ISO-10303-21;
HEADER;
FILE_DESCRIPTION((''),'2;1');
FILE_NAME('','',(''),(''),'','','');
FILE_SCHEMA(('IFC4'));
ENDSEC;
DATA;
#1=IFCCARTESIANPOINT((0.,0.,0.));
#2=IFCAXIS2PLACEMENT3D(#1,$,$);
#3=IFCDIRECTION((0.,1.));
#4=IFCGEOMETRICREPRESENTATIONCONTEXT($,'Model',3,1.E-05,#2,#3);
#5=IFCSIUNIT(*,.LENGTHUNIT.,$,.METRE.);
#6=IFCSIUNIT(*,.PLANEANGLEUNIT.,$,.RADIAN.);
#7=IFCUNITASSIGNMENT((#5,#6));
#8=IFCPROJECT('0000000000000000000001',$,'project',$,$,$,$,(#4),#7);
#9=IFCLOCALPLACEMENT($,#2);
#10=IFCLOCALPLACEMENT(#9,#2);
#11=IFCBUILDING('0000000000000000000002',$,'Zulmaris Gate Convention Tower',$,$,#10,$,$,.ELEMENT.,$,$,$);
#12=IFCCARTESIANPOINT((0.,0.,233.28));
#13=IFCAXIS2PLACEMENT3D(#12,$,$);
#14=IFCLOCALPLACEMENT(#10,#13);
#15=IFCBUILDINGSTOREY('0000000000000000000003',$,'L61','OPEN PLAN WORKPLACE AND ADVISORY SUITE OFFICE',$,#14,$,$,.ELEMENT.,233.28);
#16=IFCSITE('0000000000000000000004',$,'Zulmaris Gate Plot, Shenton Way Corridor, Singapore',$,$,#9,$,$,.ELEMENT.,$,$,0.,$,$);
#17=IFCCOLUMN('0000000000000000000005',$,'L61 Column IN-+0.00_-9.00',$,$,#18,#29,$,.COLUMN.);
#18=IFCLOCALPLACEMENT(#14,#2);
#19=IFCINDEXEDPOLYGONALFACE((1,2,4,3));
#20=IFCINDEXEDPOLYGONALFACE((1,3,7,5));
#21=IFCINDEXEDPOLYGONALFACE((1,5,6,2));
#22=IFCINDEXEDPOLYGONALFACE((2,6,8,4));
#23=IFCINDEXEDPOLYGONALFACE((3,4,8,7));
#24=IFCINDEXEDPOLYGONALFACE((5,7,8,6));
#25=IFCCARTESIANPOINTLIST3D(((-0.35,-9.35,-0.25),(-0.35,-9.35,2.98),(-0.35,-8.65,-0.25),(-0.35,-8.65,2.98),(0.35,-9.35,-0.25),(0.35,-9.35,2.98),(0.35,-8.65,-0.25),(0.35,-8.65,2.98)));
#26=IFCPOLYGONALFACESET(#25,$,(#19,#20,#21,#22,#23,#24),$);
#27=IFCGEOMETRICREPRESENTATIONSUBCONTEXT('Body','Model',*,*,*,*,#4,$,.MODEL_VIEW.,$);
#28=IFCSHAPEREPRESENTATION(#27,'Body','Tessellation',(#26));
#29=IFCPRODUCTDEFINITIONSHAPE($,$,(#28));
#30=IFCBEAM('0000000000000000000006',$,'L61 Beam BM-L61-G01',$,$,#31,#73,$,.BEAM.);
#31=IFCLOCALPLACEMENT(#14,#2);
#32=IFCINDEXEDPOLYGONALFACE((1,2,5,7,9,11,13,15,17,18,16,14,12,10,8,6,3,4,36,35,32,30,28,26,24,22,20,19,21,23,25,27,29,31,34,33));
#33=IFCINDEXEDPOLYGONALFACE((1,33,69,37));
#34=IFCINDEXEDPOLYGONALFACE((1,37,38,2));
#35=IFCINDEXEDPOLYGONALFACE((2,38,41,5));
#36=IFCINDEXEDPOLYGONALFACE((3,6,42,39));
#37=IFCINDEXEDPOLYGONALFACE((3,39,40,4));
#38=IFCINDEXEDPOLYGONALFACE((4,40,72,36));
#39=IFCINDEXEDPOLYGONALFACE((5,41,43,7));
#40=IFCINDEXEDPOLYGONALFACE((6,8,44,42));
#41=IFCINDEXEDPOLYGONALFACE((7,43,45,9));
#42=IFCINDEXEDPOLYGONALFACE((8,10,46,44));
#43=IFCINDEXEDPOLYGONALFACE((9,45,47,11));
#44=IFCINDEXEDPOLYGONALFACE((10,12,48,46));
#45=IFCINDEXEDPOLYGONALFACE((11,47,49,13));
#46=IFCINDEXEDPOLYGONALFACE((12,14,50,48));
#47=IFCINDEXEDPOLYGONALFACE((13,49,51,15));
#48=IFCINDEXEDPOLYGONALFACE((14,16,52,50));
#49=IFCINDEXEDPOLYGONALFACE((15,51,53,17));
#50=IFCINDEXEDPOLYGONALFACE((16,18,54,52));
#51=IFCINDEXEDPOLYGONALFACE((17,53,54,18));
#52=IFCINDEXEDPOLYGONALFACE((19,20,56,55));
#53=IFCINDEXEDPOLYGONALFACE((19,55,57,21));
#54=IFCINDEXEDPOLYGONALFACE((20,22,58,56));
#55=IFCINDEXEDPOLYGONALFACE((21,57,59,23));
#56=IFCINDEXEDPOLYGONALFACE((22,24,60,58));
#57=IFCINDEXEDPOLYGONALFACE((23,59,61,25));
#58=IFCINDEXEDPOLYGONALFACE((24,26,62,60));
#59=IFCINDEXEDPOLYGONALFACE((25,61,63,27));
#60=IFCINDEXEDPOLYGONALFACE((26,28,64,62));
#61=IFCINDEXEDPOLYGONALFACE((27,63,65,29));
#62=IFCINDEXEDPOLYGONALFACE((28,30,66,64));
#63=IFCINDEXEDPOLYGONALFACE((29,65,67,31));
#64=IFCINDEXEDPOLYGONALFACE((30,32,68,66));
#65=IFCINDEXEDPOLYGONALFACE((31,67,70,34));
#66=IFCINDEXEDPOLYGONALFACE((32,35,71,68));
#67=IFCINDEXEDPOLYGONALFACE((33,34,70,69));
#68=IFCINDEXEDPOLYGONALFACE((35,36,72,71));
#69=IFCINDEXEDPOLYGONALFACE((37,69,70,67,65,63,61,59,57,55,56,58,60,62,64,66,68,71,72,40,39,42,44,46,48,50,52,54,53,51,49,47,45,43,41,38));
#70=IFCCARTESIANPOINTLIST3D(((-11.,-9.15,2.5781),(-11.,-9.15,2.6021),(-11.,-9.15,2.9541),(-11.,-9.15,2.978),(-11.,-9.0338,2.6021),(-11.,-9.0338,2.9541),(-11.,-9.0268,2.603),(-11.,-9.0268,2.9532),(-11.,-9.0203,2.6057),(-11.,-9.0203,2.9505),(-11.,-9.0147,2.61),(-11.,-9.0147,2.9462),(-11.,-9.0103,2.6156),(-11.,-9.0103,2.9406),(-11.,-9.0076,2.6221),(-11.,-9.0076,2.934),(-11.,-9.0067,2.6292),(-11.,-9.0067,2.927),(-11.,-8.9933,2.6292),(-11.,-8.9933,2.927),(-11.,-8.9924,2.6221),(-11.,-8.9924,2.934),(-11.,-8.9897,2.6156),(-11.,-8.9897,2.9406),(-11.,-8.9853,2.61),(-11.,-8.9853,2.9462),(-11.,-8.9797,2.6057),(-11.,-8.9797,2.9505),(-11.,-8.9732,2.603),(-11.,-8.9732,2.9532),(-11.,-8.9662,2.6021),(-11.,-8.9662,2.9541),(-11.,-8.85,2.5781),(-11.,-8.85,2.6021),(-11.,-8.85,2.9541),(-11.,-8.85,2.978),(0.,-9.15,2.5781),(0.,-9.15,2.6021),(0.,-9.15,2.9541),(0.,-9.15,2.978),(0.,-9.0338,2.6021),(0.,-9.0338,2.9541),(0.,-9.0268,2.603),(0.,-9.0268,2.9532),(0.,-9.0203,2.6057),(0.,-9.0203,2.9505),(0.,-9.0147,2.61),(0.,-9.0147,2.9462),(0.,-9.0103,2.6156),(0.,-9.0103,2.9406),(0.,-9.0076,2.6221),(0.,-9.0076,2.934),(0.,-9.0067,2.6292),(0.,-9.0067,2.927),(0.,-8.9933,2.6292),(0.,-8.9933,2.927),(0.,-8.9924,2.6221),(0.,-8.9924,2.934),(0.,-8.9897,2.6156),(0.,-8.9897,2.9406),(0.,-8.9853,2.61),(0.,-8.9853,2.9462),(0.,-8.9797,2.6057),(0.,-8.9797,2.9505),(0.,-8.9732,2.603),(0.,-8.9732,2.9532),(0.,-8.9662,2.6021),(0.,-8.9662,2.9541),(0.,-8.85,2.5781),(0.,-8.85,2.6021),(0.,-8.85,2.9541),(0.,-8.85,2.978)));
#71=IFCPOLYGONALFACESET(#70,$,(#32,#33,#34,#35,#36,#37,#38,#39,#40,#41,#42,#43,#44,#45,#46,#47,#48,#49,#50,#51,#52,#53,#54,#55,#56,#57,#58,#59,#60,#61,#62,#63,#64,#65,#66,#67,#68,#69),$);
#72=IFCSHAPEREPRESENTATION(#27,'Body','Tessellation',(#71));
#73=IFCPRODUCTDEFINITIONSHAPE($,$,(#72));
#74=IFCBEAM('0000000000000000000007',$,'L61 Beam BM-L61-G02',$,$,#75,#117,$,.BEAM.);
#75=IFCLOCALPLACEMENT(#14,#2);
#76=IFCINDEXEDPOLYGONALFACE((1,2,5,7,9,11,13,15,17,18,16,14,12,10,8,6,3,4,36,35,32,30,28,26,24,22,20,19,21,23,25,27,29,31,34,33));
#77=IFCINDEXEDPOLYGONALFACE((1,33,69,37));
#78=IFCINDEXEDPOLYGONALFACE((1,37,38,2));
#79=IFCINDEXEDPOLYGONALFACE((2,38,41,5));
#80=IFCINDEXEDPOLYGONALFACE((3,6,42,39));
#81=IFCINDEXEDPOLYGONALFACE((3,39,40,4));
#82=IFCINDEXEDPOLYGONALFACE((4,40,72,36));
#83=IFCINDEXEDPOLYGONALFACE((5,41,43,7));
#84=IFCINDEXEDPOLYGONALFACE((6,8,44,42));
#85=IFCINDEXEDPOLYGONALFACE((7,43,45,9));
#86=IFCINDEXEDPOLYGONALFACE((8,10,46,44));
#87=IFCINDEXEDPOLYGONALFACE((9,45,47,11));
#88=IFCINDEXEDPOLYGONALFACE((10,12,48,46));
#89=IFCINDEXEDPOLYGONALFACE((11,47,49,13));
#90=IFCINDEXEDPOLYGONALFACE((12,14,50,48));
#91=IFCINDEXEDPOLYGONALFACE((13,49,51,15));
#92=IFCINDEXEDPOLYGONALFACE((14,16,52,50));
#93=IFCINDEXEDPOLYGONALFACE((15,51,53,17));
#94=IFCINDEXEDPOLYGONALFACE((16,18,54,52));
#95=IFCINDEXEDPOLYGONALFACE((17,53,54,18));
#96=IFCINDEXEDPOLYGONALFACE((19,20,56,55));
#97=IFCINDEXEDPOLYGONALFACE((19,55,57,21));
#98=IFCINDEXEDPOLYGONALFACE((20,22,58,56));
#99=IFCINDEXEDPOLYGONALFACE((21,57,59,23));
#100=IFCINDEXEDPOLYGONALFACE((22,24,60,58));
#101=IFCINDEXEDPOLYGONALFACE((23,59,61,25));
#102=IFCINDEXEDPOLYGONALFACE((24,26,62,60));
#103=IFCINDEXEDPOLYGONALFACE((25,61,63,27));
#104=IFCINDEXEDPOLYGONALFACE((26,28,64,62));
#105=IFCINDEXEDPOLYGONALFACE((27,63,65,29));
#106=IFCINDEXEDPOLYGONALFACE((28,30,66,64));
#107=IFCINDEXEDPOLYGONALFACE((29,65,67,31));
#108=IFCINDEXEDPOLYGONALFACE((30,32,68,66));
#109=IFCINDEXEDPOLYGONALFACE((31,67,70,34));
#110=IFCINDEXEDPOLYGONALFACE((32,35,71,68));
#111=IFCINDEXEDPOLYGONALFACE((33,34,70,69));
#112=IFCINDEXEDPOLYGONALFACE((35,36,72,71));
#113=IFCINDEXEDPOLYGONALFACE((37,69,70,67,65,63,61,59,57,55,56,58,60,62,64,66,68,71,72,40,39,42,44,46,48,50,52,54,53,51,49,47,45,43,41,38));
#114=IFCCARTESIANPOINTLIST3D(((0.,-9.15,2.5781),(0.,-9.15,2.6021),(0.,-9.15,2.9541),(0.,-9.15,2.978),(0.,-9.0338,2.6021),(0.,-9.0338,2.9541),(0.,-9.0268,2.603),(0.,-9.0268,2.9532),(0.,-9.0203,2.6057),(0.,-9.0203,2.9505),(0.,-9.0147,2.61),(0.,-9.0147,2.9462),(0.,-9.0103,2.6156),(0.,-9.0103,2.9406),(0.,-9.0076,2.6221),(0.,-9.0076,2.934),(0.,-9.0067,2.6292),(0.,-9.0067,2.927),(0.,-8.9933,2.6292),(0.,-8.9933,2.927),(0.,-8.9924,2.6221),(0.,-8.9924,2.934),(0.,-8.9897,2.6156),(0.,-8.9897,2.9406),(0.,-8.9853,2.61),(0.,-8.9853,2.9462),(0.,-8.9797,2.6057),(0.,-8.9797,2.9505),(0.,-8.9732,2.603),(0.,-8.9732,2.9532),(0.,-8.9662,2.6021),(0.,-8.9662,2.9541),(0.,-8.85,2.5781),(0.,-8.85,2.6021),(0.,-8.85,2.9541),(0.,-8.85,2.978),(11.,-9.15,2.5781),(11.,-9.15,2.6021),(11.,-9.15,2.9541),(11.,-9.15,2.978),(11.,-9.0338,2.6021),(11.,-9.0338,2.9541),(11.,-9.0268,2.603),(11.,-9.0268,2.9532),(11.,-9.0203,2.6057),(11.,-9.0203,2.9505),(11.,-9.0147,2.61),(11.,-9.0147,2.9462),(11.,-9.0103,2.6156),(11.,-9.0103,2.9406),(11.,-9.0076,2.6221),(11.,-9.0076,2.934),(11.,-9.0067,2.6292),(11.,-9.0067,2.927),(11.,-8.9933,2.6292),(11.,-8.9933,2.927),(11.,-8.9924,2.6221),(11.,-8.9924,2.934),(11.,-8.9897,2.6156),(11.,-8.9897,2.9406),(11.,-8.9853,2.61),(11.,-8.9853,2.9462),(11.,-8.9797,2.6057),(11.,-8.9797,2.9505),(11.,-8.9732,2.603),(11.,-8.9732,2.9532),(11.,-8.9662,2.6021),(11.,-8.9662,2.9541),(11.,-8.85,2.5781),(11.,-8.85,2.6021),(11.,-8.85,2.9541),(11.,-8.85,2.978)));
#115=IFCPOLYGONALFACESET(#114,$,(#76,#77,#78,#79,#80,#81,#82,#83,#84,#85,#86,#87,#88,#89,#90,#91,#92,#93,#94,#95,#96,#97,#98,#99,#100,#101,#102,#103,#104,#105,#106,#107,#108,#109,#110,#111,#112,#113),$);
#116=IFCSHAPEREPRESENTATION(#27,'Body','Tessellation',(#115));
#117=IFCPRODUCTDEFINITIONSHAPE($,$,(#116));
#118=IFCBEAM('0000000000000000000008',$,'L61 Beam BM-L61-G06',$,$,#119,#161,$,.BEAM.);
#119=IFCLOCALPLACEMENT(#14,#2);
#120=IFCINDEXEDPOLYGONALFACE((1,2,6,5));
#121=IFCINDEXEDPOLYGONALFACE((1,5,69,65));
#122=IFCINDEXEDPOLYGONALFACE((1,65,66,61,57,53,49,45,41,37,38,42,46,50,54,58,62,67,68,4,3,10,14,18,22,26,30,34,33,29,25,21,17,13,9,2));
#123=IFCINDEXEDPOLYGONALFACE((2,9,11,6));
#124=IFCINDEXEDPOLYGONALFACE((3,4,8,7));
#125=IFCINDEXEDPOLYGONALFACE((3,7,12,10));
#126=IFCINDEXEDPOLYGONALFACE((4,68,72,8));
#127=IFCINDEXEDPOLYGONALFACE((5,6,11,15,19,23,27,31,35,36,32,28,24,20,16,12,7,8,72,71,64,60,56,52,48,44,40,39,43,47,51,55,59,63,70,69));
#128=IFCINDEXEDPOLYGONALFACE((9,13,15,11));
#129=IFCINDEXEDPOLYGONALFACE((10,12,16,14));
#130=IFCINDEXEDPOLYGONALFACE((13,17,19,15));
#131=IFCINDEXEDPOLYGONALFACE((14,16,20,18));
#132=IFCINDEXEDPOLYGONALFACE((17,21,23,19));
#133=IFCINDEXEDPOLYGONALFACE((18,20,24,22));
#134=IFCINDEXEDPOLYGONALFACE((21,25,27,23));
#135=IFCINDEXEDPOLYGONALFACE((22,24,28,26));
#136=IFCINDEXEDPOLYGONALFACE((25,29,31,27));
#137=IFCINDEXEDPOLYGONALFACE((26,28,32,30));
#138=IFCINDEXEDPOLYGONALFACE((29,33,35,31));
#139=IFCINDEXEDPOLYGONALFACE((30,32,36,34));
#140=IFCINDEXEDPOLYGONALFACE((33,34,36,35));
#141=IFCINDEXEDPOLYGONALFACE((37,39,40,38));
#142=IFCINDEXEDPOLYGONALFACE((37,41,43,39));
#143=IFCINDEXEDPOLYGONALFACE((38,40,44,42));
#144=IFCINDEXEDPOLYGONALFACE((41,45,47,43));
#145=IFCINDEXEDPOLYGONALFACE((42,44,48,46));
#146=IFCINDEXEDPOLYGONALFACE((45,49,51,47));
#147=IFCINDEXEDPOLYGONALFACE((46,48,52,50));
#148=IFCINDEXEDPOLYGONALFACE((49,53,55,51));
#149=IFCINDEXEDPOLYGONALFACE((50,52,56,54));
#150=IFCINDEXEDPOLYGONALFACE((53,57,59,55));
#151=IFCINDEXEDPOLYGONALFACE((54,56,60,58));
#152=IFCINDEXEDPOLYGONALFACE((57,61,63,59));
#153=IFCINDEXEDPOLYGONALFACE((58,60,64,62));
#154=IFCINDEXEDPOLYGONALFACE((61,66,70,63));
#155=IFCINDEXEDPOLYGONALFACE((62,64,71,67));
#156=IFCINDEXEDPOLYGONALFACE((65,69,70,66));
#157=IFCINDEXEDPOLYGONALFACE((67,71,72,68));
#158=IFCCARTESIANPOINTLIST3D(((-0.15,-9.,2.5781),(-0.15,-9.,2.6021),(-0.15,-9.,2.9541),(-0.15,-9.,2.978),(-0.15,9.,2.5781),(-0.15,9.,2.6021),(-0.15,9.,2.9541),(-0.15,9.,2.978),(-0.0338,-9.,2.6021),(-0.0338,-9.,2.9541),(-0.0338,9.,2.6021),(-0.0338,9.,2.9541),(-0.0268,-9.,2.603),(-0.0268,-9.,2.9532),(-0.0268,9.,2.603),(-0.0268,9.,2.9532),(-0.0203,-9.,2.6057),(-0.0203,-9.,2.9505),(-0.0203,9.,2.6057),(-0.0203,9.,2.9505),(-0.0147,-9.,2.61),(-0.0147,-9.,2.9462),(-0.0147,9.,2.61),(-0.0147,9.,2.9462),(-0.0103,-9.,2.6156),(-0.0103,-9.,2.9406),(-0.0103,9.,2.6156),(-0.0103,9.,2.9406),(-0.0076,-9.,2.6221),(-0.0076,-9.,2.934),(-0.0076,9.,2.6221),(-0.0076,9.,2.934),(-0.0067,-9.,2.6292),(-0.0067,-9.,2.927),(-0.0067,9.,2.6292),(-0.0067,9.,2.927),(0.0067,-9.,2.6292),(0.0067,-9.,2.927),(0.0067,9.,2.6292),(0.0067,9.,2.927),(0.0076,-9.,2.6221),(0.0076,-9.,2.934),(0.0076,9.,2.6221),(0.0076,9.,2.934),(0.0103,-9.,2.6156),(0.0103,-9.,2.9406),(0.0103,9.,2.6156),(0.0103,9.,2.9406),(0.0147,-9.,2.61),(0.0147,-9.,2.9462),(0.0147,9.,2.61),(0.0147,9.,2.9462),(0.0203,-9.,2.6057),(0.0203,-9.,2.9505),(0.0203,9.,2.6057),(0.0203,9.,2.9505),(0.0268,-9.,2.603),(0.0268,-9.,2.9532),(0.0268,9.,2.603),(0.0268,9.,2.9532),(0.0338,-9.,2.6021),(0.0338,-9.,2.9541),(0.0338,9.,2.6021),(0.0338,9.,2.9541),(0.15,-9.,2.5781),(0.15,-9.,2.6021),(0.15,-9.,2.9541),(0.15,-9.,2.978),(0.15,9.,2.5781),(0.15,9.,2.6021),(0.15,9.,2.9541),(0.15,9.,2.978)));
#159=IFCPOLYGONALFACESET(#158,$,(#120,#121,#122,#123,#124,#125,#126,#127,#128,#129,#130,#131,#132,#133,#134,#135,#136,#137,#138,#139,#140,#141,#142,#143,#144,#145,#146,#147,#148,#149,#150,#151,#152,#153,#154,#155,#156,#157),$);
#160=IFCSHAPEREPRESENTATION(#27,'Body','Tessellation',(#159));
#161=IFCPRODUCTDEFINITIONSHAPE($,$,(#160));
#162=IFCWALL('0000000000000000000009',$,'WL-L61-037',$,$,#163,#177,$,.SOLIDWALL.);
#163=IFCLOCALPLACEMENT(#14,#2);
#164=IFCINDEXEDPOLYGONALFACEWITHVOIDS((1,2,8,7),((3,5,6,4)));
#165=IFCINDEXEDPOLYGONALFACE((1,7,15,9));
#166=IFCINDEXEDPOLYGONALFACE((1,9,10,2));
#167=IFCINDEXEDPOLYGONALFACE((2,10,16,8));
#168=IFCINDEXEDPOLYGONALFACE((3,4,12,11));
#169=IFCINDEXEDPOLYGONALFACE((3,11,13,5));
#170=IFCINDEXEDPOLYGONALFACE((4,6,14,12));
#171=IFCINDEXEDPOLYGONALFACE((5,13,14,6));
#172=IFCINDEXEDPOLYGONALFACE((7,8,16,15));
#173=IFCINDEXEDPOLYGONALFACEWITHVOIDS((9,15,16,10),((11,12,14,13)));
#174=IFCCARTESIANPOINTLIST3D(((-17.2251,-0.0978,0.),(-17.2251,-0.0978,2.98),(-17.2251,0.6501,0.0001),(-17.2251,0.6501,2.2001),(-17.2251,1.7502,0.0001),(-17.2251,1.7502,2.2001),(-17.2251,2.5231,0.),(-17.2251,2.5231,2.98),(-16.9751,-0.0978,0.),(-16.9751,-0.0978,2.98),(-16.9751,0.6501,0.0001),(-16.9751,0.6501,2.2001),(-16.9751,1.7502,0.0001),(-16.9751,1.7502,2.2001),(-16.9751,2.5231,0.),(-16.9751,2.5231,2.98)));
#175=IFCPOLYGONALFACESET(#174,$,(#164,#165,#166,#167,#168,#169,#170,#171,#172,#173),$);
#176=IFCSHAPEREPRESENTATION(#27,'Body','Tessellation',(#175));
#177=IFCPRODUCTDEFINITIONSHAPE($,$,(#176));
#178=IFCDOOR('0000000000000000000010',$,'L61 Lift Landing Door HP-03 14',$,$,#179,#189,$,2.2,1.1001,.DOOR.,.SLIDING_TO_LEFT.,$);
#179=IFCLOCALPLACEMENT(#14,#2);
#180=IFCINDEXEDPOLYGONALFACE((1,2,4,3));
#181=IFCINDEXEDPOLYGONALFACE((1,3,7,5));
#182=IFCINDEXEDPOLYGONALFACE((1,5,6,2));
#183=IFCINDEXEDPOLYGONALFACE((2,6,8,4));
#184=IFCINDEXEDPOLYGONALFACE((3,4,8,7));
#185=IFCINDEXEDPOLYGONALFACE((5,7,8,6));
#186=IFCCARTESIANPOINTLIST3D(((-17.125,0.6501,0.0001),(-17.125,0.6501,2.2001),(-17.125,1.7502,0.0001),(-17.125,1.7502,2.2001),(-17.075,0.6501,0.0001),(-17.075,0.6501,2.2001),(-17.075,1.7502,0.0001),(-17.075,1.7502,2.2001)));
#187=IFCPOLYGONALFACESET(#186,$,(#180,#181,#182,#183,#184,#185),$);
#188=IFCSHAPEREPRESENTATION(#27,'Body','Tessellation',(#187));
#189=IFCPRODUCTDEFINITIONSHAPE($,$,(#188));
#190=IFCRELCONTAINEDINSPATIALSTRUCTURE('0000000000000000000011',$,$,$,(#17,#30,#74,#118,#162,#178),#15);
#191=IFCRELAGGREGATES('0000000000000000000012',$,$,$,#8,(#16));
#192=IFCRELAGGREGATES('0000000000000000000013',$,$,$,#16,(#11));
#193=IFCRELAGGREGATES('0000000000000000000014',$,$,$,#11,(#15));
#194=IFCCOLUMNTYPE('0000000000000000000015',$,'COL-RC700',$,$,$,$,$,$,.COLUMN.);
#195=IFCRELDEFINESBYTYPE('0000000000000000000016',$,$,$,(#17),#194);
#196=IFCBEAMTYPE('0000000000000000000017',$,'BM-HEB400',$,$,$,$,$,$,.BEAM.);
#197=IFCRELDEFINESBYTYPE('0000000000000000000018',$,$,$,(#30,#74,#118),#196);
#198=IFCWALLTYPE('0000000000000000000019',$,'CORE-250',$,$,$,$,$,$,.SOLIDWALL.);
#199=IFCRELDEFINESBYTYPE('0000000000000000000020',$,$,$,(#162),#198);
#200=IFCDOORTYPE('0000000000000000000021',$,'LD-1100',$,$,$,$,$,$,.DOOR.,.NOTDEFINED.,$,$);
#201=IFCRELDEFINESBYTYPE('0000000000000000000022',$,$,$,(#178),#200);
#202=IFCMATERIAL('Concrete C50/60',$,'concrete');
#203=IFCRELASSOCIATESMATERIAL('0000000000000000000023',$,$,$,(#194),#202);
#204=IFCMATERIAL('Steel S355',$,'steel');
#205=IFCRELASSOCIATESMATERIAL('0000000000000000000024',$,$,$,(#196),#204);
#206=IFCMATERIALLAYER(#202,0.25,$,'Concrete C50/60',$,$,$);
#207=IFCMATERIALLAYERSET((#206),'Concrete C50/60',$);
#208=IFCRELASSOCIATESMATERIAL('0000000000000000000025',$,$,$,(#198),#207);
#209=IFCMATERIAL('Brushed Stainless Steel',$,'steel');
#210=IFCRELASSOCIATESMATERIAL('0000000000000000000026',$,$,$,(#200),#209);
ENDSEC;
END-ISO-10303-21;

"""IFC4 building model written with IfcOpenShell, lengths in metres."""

from ifc_helpers import new_model, si_unit, direction, frame, frame_2d, origin, origin_2d, place, context, subcontext, project, spatial, rectangle, i_section, extrude, material, layer, layer_set, material_profile, profile_set, type_object, element, fill, save


model = new_model("IFC4")

# Units and contexts
model_context = context("Model", 3, precision=1e-05, world=origin(), true_north=direction((0.0, 1.0)))
body_context = subcontext(model_context, "Body", "Model", "MODEL_VIEW")
ifc_project = project(units=[si_unit("LENGTHUNIT", "METRE"), si_unit("PLANEANGLEUNIT", "RADIAN")], contexts=[model_context])

# Site, building, storey
site_placement = place(None, origin())
site = spatial("IfcSite", under=ifc_project, at=site_placement, Name="Zulmaris Gate Plot, Shenton Way Corridor, Singapore", CompositionType="ELEMENT", RefElevation=0.0)
building_placement = place(site_placement, origin())
building = spatial("IfcBuilding", under=site, at=building_placement, Name="Zulmaris Gate Convention Tower", CompositionType="ELEMENT")
storey_placement = place(building_placement, frame((0.0, 0.0, 233.28)))
storey = spatial("IfcBuildingStorey", under=building, at=storey_placement, Name="L61", Description="OPEN PLAN WORKPLACE AND ADVISORY SUITE OFFICE", CompositionType="ELEMENT", Elevation=233.28)

# Column
ifc_material_1 = material(Name="Concrete C50/60", Category="concrete")
ifc_material_profile_1 = material_profile(ifc_material_1, rectangle(XDim=0.7, YDim=0.7, at=origin_2d()), Name="RC COL 700x700")
ifc_profile_set_1 = profile_set([ifc_material_profile_1], Name="Concrete C50/60")
column_type = type_object("IfcColumnType", Name="COL-RC700", PredefinedType="COLUMN", material=ifc_profile_set_1)
column_placement = place(storey_placement, frame((0.0, -9.0, -0.25), z_axis=(0.0, 0.0, 1.0), x_axis=(1.0, 0.0, 0.0)))
element("IfcColumn", 1, at=column_placement, inside=storey, type_object=column_type, Name="L61 Column IN-+0.00_-9.00", PredefinedType="COLUMN", context=body_context, shape_type="SweptSolid", body=[
    extrude(rectangle(XDim=0.7, YDim=0.7, at=origin_2d()), origin(), (0.0, 0.0, 1.0), 3.23),
])

# Beams
ifc_material_2 = material(Name="Steel S355", Category="steel")
ifc_material_profile_2 = material_profile(ifc_material_2, i_section(OverallWidth=0.3, OverallDepth=0.3999, WebThickness=0.0134, FlangeThickness=0.0239, FilletRadius=0.0271, at=origin_2d()), Name="HEB 400")
ifc_profile_set_2 = profile_set([ifc_material_profile_2], Name="Steel S355")
beam_type = type_object("IfcBeamType", Name="BM-HEB400", PredefinedType="BEAM", material=ifc_profile_set_2)
for number, where, z_axis, x_axis, name in (
    (2, (-11.0, -9.0, 2.7781), (1.0, 0.0, 0.0), (0.0, 1.0, 0.0), "L61 Beam BM-L61-G01"),
    (3, (0.0, -9.0, 2.7781), (1.0, 0.0, 0.0), (0.0, 1.0, 0.0), "L61 Beam BM-L61-G02"),
):
    element("IfcBeam", number, at=place(storey_placement, frame(where, z_axis=z_axis, x_axis=x_axis)), inside=storey, type_object=beam_type, Name=name, PredefinedType="BEAM", context=body_context, shape_type="SweptSolid", body=[
        extrude(i_section(OverallWidth=0.3, OverallDepth=0.3999, WebThickness=0.0134, FlangeThickness=0.0239, FilletRadius=0.0271, at=origin_2d()), origin(), (0.0, 0.0, 1.0), 11.0),
    ])
beam_placement = place(storey_placement, frame((0.0, -9.0, 2.7781), z_axis=(0.0, 1.0, 0.0), x_axis=(-1.0, 0.0, 0.0)))
element("IfcBeam", 4, at=beam_placement, inside=storey, type_object=beam_type, Name="L61 Beam BM-L61-G06", PredefinedType="BEAM", context=body_context, shape_type="SweptSolid", body=[
    extrude(i_section(OverallWidth=0.3, OverallDepth=0.3999, WebThickness=0.0134, FlangeThickness=0.0239, FilletRadius=0.0271, at=origin_2d()), origin(), (0.0, 0.0, 1.0), 18.0),
])

# Wall, opening, door
ifc_layer_1 = layer(ifc_material_1, 0.25, Name="Concrete C50/60")
ifc_layer_set_1 = layer_set([ifc_layer_1], Name="Concrete C50/60")
wall_type_1 = type_object("IfcWallType", Name="CORE-250", PredefinedType="SOLIDWALL", material=ifc_layer_set_1)
wall_1_placement = place(storey_placement, frame((-17.1001, -0.0979, 0.0), z_axis=(0.0, 0.0, 1.0), x_axis=(0.0, 1.0, 0.0)))
wall_1 = element("IfcWall", 5, at=wall_1_placement, inside=storey, type_object=wall_type_1, Name="WL-L61-037", PredefinedType="SOLIDWALL", context=body_context, shape_type="SweptSolid", body=[
    extrude(rectangle(XDim=2.6208, YDim=0.25, at=frame_2d((1.3105, 0.0))), origin(), (0.0, 0.0, 1.0), 2.98),
])
opening_1_placement = place(wall_1_placement, frame((0.748, 0.0, 0.0)))
opening_1 = element("IfcOpeningElement", 6, at=opening_1_placement, cuts=wall_1, PredefinedType="OPENING", context=body_context, shape_type="SweptSolid", body=[
    extrude(rectangle(XDim=1.1001, YDim=2.2, at=frame_2d((0.55, 1.1001))), frame((0.0, 0.135, 0.0), z_axis=(0.0, -1.0, 0.0), x_axis=(1.0, 0.0, 0.0)), (0.0, 0.0, 1.0), 0.27),
])
ifc_material_3 = material(Name="Brushed Stainless Steel", Category="steel")
door_type_1 = type_object("IfcDoorType", Name="LD-1100", OperationType="NOTDEFINED", PredefinedType="DOOR", material=ifc_material_3)
door_1_placement = place(opening_1_placement, origin())
door_1 = element("IfcDoor", 7, at=door_1_placement, inside=storey, type_object=door_type_1, Name="L61 Lift Landing Door HP-03 14", OperationType="SLIDING_TO_LEFT", OverallHeight=2.2, OverallWidth=1.1001, PredefinedType="DOOR", context=body_context, shape_type="SweptSolid", body=[
    extrude(rectangle(XDim=1.1001, YDim=2.2, at=frame_2d((0.55, 1.1001))), frame((0.0, 0.0249, 0.0), z_axis=(0.0, -1.0, 0.0), x_axis=(1.0, 0.0, 0.0)), (0.0, 0.0, 1.0), 0.05),
])
fill(opening_1, door_1)

save(model, "model.ifc")
